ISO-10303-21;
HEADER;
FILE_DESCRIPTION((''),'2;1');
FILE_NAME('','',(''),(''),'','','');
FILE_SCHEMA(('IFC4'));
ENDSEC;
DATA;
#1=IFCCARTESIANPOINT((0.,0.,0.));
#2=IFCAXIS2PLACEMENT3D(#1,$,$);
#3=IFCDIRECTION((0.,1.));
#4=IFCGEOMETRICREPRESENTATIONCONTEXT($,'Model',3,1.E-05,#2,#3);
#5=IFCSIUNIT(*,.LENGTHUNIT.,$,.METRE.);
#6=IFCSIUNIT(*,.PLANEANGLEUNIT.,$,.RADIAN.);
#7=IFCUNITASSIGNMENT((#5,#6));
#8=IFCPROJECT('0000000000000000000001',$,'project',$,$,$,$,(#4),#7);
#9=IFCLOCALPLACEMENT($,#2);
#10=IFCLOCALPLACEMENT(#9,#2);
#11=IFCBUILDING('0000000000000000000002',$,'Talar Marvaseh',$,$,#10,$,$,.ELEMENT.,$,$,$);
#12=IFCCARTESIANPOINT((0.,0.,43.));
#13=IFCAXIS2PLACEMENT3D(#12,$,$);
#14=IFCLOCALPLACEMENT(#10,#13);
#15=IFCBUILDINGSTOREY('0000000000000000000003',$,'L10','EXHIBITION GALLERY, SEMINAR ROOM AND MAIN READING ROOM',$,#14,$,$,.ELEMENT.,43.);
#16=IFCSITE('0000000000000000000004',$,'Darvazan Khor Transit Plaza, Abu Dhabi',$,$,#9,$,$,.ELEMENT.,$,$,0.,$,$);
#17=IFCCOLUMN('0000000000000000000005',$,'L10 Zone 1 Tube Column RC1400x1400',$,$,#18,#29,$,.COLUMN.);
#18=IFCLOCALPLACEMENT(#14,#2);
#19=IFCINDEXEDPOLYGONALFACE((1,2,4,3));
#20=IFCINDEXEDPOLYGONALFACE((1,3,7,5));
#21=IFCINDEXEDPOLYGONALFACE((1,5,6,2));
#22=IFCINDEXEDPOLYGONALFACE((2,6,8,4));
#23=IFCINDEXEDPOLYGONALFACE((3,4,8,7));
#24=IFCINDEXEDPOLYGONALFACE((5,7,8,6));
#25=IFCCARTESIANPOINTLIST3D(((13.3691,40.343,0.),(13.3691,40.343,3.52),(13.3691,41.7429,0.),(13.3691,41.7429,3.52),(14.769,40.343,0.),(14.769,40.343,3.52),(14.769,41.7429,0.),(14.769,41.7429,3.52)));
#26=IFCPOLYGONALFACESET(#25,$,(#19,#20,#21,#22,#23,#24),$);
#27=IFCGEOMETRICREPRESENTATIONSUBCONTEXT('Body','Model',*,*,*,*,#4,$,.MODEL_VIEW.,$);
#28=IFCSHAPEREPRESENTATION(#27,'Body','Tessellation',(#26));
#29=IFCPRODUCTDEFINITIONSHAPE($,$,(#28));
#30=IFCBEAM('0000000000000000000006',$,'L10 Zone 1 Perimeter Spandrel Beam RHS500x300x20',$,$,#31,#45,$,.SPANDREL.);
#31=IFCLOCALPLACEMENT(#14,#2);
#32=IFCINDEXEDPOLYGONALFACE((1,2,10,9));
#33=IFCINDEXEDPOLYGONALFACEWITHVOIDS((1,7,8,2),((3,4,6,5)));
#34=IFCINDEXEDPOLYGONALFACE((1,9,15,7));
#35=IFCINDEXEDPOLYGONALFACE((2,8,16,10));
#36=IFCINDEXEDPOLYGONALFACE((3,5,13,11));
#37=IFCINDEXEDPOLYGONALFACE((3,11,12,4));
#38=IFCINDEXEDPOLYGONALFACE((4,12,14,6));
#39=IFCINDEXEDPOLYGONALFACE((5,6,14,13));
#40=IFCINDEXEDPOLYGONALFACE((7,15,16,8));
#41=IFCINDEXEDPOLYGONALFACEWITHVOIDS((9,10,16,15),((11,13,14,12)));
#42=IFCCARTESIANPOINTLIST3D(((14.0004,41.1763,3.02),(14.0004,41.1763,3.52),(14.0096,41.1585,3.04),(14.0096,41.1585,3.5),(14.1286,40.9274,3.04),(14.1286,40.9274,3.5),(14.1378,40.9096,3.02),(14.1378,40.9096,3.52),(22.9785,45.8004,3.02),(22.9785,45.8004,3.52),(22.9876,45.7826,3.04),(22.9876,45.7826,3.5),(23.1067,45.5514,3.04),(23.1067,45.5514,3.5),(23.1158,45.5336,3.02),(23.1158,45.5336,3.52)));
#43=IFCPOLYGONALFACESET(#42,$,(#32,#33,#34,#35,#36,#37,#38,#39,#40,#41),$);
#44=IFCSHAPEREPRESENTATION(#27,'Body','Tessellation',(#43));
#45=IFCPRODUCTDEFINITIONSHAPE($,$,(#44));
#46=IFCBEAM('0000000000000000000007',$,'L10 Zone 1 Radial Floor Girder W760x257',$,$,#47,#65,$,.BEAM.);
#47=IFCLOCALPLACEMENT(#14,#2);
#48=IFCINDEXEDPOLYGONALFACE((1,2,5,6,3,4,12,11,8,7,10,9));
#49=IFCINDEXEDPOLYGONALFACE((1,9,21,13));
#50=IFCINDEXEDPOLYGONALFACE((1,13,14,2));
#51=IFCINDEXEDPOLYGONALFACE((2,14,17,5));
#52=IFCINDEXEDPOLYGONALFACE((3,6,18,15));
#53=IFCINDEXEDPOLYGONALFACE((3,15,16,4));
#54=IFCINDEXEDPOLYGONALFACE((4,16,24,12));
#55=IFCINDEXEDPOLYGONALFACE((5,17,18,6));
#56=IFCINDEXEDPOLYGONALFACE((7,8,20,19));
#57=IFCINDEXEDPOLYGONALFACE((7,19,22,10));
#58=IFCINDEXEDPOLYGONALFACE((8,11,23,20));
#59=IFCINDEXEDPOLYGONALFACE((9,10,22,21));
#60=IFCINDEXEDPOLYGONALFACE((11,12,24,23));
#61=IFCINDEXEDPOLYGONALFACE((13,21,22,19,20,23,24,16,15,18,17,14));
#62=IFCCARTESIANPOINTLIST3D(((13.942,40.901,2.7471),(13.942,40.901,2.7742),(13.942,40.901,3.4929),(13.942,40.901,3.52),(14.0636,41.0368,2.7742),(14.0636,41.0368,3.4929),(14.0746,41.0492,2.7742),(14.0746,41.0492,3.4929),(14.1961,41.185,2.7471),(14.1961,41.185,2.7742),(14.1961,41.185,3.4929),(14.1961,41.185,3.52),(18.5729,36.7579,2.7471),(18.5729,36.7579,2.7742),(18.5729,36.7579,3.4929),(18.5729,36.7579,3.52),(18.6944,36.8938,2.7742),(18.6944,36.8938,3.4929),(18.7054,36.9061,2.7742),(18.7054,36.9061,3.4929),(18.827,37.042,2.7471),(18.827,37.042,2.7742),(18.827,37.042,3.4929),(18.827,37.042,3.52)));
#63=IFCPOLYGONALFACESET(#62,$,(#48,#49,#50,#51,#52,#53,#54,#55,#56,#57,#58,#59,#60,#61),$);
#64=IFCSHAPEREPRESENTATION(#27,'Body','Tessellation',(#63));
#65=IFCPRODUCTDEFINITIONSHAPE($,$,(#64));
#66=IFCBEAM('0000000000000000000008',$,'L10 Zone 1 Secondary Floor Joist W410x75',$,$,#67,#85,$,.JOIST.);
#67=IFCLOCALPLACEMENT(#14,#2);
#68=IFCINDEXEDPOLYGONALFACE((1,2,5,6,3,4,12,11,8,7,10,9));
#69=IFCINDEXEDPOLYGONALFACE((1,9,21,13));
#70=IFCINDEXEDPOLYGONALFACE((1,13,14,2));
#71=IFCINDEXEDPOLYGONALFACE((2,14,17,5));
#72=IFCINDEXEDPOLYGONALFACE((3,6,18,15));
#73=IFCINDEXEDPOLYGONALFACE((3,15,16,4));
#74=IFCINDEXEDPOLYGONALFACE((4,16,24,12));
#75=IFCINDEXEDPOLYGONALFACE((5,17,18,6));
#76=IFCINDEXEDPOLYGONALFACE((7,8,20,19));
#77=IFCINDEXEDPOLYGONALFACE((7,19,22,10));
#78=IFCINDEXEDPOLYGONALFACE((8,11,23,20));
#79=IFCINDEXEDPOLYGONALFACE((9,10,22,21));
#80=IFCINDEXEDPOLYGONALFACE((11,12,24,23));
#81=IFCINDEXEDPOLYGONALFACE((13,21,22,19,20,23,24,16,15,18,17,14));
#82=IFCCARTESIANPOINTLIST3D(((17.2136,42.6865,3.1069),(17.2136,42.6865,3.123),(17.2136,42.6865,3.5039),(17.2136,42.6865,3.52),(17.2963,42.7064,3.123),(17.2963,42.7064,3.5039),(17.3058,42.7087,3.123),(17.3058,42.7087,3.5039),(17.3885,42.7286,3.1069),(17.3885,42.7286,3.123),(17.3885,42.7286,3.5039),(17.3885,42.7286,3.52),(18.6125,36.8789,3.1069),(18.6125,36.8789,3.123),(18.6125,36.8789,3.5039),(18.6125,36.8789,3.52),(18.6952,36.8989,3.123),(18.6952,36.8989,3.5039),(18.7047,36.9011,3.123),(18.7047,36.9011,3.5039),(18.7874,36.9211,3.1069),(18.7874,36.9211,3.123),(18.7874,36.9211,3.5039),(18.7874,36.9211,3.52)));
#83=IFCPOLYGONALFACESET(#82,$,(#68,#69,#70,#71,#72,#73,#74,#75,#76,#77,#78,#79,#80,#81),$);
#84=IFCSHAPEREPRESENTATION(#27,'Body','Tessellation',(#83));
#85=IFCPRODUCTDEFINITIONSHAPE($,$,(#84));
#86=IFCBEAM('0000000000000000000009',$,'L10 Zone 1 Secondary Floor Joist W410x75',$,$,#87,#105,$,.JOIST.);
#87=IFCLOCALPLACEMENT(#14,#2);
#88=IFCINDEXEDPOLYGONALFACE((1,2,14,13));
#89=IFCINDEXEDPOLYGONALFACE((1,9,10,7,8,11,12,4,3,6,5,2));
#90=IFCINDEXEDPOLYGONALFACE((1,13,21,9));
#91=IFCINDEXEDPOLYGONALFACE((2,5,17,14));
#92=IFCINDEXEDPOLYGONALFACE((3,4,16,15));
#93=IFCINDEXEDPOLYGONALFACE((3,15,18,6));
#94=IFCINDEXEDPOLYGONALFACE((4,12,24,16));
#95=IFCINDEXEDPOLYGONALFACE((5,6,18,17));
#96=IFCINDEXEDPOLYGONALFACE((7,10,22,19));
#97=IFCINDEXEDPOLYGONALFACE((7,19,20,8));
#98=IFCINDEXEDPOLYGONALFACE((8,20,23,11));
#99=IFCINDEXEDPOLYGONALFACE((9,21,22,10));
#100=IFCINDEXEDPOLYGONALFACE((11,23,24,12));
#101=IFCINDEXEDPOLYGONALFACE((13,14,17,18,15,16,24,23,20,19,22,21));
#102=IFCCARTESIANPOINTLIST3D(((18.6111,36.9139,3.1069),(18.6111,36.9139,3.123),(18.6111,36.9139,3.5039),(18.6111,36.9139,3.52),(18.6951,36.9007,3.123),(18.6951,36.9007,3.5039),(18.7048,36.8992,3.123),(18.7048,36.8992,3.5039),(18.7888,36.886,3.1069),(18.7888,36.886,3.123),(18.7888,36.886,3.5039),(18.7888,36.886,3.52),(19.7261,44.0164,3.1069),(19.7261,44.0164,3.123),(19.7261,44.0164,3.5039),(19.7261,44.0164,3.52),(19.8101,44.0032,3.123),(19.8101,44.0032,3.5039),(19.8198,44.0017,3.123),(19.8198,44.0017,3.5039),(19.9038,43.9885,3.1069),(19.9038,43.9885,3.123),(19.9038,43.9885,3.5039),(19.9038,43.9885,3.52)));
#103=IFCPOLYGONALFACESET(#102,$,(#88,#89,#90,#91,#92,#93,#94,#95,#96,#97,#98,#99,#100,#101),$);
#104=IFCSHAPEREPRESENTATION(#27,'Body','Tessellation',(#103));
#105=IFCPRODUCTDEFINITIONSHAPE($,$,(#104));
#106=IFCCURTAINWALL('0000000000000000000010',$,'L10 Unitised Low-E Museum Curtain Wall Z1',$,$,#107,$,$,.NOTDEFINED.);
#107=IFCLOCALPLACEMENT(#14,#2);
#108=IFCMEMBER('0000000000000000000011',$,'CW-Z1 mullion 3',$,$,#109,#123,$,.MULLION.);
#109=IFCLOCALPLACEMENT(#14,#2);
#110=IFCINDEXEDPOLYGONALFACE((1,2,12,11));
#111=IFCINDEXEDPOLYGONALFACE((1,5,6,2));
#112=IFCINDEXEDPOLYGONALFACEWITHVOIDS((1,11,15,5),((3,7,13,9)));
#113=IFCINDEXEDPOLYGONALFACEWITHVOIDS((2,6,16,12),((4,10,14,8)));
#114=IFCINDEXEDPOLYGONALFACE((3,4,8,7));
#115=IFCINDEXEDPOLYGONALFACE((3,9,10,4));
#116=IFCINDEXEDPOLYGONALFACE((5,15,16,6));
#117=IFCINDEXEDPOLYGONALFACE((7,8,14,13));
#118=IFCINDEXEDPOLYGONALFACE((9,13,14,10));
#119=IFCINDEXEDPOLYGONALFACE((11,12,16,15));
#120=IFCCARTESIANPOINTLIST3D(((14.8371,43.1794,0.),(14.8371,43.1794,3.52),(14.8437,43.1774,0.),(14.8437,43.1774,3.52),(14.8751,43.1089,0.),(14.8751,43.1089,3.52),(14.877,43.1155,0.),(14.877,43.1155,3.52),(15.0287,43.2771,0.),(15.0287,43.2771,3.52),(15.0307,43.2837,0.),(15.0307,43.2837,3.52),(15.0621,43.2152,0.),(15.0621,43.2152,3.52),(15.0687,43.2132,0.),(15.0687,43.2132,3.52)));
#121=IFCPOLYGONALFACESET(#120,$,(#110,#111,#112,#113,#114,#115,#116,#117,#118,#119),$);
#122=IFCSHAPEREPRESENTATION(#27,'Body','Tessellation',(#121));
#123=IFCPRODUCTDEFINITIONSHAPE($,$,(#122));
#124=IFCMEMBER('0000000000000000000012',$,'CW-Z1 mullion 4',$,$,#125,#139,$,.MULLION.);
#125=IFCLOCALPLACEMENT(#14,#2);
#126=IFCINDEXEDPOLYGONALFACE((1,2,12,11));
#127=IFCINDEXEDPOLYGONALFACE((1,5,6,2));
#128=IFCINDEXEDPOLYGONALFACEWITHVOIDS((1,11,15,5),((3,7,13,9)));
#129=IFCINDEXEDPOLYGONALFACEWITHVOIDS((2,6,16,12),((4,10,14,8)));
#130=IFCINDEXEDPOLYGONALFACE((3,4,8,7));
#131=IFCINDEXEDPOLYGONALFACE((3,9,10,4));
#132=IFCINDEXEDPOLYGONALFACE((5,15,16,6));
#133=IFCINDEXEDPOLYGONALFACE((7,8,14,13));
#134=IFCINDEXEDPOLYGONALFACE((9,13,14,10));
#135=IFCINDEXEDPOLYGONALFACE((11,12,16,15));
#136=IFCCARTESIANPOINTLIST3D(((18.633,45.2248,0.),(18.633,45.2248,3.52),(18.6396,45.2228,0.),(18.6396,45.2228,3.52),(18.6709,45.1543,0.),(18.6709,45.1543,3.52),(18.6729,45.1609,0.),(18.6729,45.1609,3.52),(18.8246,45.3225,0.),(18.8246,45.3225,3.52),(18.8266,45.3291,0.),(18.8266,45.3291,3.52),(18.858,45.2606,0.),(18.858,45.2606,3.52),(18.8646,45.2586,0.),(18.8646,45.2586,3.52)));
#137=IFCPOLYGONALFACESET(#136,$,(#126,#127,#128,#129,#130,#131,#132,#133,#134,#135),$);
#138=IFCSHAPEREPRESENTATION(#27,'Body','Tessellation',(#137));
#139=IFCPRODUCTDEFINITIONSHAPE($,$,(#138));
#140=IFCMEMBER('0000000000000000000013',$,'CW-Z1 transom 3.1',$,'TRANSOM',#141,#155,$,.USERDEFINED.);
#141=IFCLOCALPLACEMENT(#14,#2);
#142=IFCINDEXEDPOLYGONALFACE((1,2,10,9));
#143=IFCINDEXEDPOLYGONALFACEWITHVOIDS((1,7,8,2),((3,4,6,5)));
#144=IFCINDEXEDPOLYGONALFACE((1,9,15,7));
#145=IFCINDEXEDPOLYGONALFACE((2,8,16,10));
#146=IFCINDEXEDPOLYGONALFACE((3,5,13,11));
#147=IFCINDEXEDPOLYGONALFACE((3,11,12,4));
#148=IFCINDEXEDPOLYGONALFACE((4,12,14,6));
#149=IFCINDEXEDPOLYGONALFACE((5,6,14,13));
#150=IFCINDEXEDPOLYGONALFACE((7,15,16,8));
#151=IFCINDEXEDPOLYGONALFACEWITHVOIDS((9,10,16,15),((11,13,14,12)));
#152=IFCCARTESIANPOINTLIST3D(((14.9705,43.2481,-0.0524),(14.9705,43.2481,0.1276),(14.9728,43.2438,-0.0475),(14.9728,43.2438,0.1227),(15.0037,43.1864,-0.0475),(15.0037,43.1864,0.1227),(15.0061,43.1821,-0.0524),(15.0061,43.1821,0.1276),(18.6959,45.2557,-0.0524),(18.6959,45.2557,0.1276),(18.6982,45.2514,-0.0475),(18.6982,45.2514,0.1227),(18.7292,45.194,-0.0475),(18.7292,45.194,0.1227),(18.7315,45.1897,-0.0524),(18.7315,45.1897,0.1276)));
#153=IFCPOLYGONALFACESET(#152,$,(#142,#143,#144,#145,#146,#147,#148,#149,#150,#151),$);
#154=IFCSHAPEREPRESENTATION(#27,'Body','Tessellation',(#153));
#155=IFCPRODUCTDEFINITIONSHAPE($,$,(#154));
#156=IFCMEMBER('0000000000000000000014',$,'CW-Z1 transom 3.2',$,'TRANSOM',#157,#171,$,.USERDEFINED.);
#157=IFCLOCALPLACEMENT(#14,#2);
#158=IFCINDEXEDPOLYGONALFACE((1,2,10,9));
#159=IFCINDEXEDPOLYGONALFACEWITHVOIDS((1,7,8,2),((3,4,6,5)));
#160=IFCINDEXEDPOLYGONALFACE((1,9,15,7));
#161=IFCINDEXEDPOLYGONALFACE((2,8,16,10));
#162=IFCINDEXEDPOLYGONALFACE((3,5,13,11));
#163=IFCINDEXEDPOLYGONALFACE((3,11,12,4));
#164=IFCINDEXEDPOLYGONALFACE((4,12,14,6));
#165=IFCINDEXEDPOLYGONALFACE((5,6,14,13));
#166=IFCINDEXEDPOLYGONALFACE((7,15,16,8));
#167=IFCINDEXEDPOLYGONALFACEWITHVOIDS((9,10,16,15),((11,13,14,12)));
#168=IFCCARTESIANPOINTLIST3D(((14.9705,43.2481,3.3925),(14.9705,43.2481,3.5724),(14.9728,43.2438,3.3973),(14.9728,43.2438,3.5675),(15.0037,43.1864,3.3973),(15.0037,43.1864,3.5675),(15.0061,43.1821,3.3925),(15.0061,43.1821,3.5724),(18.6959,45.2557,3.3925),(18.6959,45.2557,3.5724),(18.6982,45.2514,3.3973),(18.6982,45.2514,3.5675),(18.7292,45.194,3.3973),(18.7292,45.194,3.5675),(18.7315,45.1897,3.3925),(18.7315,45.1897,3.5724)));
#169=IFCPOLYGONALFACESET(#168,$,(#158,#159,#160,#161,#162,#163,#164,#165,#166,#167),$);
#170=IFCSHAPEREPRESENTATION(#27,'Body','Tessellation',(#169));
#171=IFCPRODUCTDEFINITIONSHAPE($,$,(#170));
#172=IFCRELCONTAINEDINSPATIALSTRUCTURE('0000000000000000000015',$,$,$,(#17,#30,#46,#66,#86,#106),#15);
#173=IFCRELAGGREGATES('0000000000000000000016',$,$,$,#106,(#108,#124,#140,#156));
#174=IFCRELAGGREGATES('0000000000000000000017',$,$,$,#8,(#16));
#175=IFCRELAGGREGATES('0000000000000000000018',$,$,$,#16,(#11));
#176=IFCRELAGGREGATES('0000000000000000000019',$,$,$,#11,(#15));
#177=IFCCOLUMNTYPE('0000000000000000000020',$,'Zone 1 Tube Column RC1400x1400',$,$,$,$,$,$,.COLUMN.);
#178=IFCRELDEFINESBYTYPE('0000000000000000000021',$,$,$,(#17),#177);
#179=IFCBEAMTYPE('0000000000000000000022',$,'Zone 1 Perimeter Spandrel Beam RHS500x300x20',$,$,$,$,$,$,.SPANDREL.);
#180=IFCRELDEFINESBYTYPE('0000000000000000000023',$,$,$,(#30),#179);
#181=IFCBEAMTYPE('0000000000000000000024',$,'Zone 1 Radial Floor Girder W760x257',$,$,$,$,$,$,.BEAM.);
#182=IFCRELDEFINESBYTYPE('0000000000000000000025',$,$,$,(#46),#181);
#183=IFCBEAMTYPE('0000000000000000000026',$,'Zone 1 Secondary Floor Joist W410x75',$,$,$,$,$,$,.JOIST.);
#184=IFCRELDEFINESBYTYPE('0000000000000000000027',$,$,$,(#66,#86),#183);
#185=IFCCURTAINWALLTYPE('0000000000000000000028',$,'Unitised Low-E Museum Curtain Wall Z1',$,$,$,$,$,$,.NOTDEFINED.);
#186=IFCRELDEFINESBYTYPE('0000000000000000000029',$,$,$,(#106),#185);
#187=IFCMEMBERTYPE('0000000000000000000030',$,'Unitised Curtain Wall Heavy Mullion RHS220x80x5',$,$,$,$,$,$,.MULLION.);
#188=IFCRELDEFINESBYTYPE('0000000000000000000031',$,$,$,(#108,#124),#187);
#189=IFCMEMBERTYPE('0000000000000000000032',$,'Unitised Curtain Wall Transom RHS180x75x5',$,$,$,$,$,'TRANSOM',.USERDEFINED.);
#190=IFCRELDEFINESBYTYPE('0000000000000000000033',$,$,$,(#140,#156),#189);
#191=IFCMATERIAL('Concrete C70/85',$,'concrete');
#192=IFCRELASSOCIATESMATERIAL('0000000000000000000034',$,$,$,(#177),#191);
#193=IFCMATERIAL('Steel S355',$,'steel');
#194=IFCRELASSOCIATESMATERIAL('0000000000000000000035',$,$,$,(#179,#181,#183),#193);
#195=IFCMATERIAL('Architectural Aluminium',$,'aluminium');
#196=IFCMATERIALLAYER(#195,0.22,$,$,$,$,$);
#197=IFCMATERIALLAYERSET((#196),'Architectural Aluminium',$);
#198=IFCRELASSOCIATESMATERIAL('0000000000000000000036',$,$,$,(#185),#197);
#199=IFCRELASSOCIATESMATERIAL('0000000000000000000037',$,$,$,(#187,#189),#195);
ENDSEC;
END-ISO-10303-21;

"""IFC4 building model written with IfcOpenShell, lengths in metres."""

from ifc_helpers import new_model, si_unit, direction, frame, origin, origin_2d, place, context, subcontext, project, spatial, rectangle, hollow_rectangle, i_section, extrude, source, transform, mapped, material, layer, layer_set, material_profile, profile_set, type_object, type_shapes, element, aggregate, save


model = new_model("IFC4")

# Units and contexts
model_context = context("Model", 3, precision=1e-05, world=origin(), true_north=direction((0.0, 1.0)))
body_context = subcontext(model_context, "Body", "Model", "MODEL_VIEW")
ifc_project = project(units=[si_unit("LENGTHUNIT", "METRE"), si_unit("PLANEANGLEUNIT", "RADIAN")], contexts=[model_context])

# Site, building, storey
site_placement = place(None, origin())
site = spatial("IfcSite", under=ifc_project, at=site_placement, Name="Darvazan Khor Transit Plaza, Abu Dhabi", CompositionType="ELEMENT", RefElevation=0.0)
building_placement = place(site_placement, origin())
building = spatial("IfcBuilding", under=site, at=building_placement, Name="Talar Marvaseh", CompositionType="ELEMENT")
storey_placement = place(building_placement, frame((0.0, 0.0, 43.0)))
storey = spatial("IfcBuildingStorey", under=building, at=storey_placement, Name="L10", Description="EXHIBITION GALLERY, SEMINAR ROOM AND MAIN READING ROOM", CompositionType="ELEMENT", Elevation=43.0)

# Column
ifc_material_1 = material(Name="Concrete C70/85", Category="concrete")
ifc_material_profile_1 = material_profile(ifc_material_1, rectangle(XDim=1.3999, YDim=1.3999, at=origin_2d()), Name="RC1400x1400")
ifc_profile_set_1 = profile_set([ifc_material_profile_1], Name="Concrete C70/85")
column_type = type_object("IfcColumnType", Name="Zone 1 Tube Column RC1400x1400", PredefinedType="COLUMN", material=ifc_profile_set_1)
column_placement = place(storey_placement, frame((14.0691, 41.043, 0.0), z_axis=(0.0, 0.0, 1.0), x_axis=(1.0, 0.0, 0.0)))
element("IfcColumn", 1, at=column_placement, inside=storey, type_object=column_type, Name="L10 Zone 1 Tube Column RC1400x1400", PredefinedType="COLUMN", context=body_context, shape_type="SweptSolid", body=[
    extrude(rectangle(XDim=1.3999, YDim=1.3999, at=origin_2d()), origin(), (0.0, 0.0, 1.0), 3.52),
])

# Beams
ifc_material_2 = material(Name="Steel S355", Category="steel")
ifc_material_profile_2 = material_profile(ifc_material_2, hollow_rectangle(XDim=0.3, YDim=0.5, WallThickness=0.02, at=origin_2d()), Name="RHS500x300x20")
ifc_profile_set_2 = profile_set([ifc_material_profile_2], Name="Steel S355")
beam_type_1 = type_object("IfcBeamType", Name="Zone 1 Perimeter Spandrel Beam RHS500x300x20", PredefinedType="SPANDREL", material=ifc_profile_set_2)
beam_1_placement = place(storey_placement, frame((14.0691, 41.043, 3.27), z_axis=(0.889016, 0.457877, 0.0), x_axis=(-0.457877, 0.889016, 0.0)))
element("IfcBeam", 2, at=beam_1_placement, inside=storey, type_object=beam_type_1, Name="L10 Zone 1 Perimeter Spandrel Beam RHS500x300x20", PredefinedType="SPANDREL", context=body_context, shape_type="SweptSolid", body=[
    extrude(hollow_rectangle(XDim=0.3, YDim=0.5, WallThickness=0.02, at=origin_2d()), origin(), (0.0, 0.0, 1.0), 10.0989),
])
ifc_material_profile_3 = material_profile(ifc_material_2, i_section(OverallWidth=0.3811, OverallDepth=0.7729, WebThickness=0.0166, FlangeThickness=0.0271, at=origin_2d()), Name="W760x257")
ifc_profile_set_3 = profile_set([ifc_material_profile_3], Name="Steel S355")
beam_type_2 = type_object("IfcBeamType", Name="Zone 1 Radial Floor Girder W760x257", PredefinedType="BEAM", material=ifc_profile_set_3)
beam_2_placement = place(storey_placement, frame((14.0691, 41.043, 3.1335), z_axis=(0.745268, -0.666765, 0.0), x_axis=(0.666765, 0.745268, 0.0)))
element("IfcBeam", 3, at=beam_2_placement, inside=storey, type_object=beam_type_2, Name="L10 Zone 1 Radial Floor Girder W760x257", PredefinedType="BEAM", context=body_context, shape_type="SweptSolid", body=[
    extrude(i_section(OverallWidth=0.3811, OverallDepth=0.7729, WebThickness=0.0166, FlangeThickness=0.0271, at=origin_2d()), origin(), (0.0, 0.0, 1.0), 6.2136),
])
ifc_material_profile_4 = material_profile(ifc_material_2, i_section(OverallWidth=0.1799, OverallDepth=0.4131, WebThickness=0.0098, FlangeThickness=0.0161, at=origin_2d()), Name="W410x75")
ifc_profile_set_4 = profile_set([ifc_material_profile_4], Name="Steel S355")
beam_type_3 = type_object("IfcBeamType", Name="Zone 1 Secondary Floor Joist W410x75", PredefinedType="JOIST", material=ifc_profile_set_4)
beam_3_placement = place(storey_placement, frame((17.301, 42.7075, 3.3135), z_axis=(0.23418, -0.972193, 0.0), x_axis=(0.972193, 0.23418, 0.0)))
element("IfcBeam", 4, at=beam_3_placement, inside=storey, type_object=beam_type_3, Name="L10 Zone 1 Secondary Floor Joist W410x75", PredefinedType="JOIST", context=body_context, shape_type="SweptSolid", body=[
    extrude(i_section(OverallWidth=0.1799, OverallDepth=0.4131, WebThickness=0.0098, FlangeThickness=0.0161, at=origin_2d()), origin(), (0.0, 0.0, 1.0), 5.9736),
])
beam_4_placement = place(storey_placement, frame((19.8149, 44.0024, 3.3135), z_axis=(-0.155085, -0.987901, 0.0), x_axis=(0.987901, -0.155085, 0.0)))
element("IfcBeam", 5, at=beam_4_placement, inside=storey, type_object=beam_type_3, Name="L10 Zone 1 Secondary Floor Joist W410x75", PredefinedType="JOIST", context=body_context, shape_type="SweptSolid", body=[
    extrude(i_section(OverallWidth=0.1799, OverallDepth=0.4131, WebThickness=0.0098, FlangeThickness=0.0161, at=origin_2d()), origin(), (0.0, 0.0, 1.0), 7.1895),
])

# Curtain wall, members
ifc_material_3 = material(Name="Architectural Aluminium", Category="aluminium")
ifc_layer_1 = layer(ifc_material_3, 0.22)
ifc_layer_set_1 = layer_set([ifc_layer_1], Name="Architectural Aluminium")
curtain_wall_type = type_object("IfcCurtainWallType", Name="Unitised Low-E Museum Curtain Wall Z1", PredefinedType="NOTDEFINED", material=ifc_layer_set_1)
curtain_wall_placement = place(storey_placement, origin())
curtain_wall = element("IfcCurtainWall", 6, at=curtain_wall_placement, inside=storey, type_object=curtain_wall_type, Name="L10 Unitised Low-E Museum Curtain Wall Z1", PredefinedType="NOTDEFINED")
ifc_material_profile_5 = material_profile(ifc_material_3, hollow_rectangle(XDim=0.0801, YDim=0.22, WallThickness=0.0049, at=origin_2d()), Name="RHS220x80x5")
ifc_profile_set_5 = profile_set([ifc_material_profile_5], Name="Architectural Aluminium")
member_type_1 = type_object("IfcMemberType", Name="Unitised Curtain Wall Heavy Mullion RHS220x80x5", PredefinedType="MULLION", material=ifc_profile_set_5)
shared_shape_1 = source(origin(), body_context, "Body", "SweptSolid", [
    extrude(hollow_rectangle(XDim=0.0801, YDim=0.22, WallThickness=0.0049, at=origin_2d()), origin(), (0.0, 0.0, 1.0), 3.52),
])
type_shapes(member_type_1, [shared_shape_1])
member_1_placement = place(storey_placement, frame((14.9529, 43.1963, 0.0), z_axis=(0.0, 0.0, 1.0), x_axis=(-0.474364, 0.880329, 0.0)))
member_1 = element("IfcMember", 7, at=member_1_placement, type_object=member_type_1, Name="CW-Z1 mullion 3", PredefinedType="MULLION", context=body_context, shape_type="MappedRepresentation", body=[
    mapped(shared_shape_1, transform((0.0, 0.0, 0.0), x_axis=(1.0, 0.0, 0.0), y_axis=(0.0, 1.0, 0.0), z_axis=(0.0, 0.0, 1.0), scale=1.0)),
])
member_2_placement = place(storey_placement, frame((18.7488, 45.2417, 0.0), z_axis=(0.0, 0.0, 1.0), x_axis=(-0.474364, 0.880329, 0.0)))
member_2 = element("IfcMember", 8, at=member_2_placement, type_object=member_type_1, Name="CW-Z1 mullion 4", PredefinedType="MULLION", context=body_context, shape_type="MappedRepresentation", body=[
    mapped(shared_shape_1, transform((0.0, 0.0, 0.0), x_axis=(1.0, 0.0, 0.0), y_axis=(0.0, 1.0, 0.0), z_axis=(0.0, 0.0, 1.0), scale=1.0)),
])
ifc_material_profile_6 = material_profile(ifc_material_3, hollow_rectangle(XDim=0.075, YDim=0.1799, WallThickness=0.0049, at=origin_2d()), Name="RHS180x75x5")
ifc_profile_set_6 = profile_set([ifc_material_profile_6], Name="Architectural Aluminium")
member_type_2 = type_object("IfcMemberType", Name="Unitised Curtain Wall Transom RHS180x75x5", ElementType="TRANSOM", PredefinedType="USERDEFINED", material=ifc_profile_set_6)
shared_shape_2 = source(origin(), body_context, "Body", "SweptSolid", [
    extrude(hollow_rectangle(XDim=0.075, YDim=0.1799, WallThickness=0.0049, at=origin_2d()), origin(), (0.0, 0.0, 1.0), 4.2319),
])
member_3_placement = place(storey_placement, frame((14.9883, 43.2151, 0.0376), z_axis=(0.880312, 0.474396, 0.0), x_axis=(-0.474396, 0.880312, 0.0)))
member_3 = element("IfcMember", 9, at=member_3_placement, type_object=member_type_2, Name="CW-Z1 transom 3.1", ObjectType="TRANSOM", PredefinedType="USERDEFINED", context=body_context, shape_type="MappedRepresentation", body=[
    mapped(shared_shape_2, transform((0.0, 0.0, 0.0), x_axis=(1.0, 0.0, 0.0), y_axis=(0.0, 1.0, 0.0), z_axis=(0.0, 0.0, 1.0), scale=1.0)),
])
member_4_placement = place(storey_placement, frame((14.9883, 43.2151, 3.4824), z_axis=(0.880312, 0.474396, 0.0), x_axis=(-0.474396, 0.880312, 0.0)))
member_4 = element("IfcMember", 10, at=member_4_placement, type_object=member_type_2, Name="CW-Z1 transom 3.2", ObjectType="TRANSOM", PredefinedType="USERDEFINED", context=body_context, shape_type="MappedRepresentation", body=[
    mapped(shared_shape_2, transform((0.0, 0.0, 0.0), x_axis=(1.0, 0.0, 0.0), y_axis=(0.0, 1.0, 0.0), z_axis=(0.0, 0.0, 1.0), scale=1.0)),
])
aggregate(curtain_wall, [member_1, member_2, member_3, member_4])

save(model, "model.ifc")
